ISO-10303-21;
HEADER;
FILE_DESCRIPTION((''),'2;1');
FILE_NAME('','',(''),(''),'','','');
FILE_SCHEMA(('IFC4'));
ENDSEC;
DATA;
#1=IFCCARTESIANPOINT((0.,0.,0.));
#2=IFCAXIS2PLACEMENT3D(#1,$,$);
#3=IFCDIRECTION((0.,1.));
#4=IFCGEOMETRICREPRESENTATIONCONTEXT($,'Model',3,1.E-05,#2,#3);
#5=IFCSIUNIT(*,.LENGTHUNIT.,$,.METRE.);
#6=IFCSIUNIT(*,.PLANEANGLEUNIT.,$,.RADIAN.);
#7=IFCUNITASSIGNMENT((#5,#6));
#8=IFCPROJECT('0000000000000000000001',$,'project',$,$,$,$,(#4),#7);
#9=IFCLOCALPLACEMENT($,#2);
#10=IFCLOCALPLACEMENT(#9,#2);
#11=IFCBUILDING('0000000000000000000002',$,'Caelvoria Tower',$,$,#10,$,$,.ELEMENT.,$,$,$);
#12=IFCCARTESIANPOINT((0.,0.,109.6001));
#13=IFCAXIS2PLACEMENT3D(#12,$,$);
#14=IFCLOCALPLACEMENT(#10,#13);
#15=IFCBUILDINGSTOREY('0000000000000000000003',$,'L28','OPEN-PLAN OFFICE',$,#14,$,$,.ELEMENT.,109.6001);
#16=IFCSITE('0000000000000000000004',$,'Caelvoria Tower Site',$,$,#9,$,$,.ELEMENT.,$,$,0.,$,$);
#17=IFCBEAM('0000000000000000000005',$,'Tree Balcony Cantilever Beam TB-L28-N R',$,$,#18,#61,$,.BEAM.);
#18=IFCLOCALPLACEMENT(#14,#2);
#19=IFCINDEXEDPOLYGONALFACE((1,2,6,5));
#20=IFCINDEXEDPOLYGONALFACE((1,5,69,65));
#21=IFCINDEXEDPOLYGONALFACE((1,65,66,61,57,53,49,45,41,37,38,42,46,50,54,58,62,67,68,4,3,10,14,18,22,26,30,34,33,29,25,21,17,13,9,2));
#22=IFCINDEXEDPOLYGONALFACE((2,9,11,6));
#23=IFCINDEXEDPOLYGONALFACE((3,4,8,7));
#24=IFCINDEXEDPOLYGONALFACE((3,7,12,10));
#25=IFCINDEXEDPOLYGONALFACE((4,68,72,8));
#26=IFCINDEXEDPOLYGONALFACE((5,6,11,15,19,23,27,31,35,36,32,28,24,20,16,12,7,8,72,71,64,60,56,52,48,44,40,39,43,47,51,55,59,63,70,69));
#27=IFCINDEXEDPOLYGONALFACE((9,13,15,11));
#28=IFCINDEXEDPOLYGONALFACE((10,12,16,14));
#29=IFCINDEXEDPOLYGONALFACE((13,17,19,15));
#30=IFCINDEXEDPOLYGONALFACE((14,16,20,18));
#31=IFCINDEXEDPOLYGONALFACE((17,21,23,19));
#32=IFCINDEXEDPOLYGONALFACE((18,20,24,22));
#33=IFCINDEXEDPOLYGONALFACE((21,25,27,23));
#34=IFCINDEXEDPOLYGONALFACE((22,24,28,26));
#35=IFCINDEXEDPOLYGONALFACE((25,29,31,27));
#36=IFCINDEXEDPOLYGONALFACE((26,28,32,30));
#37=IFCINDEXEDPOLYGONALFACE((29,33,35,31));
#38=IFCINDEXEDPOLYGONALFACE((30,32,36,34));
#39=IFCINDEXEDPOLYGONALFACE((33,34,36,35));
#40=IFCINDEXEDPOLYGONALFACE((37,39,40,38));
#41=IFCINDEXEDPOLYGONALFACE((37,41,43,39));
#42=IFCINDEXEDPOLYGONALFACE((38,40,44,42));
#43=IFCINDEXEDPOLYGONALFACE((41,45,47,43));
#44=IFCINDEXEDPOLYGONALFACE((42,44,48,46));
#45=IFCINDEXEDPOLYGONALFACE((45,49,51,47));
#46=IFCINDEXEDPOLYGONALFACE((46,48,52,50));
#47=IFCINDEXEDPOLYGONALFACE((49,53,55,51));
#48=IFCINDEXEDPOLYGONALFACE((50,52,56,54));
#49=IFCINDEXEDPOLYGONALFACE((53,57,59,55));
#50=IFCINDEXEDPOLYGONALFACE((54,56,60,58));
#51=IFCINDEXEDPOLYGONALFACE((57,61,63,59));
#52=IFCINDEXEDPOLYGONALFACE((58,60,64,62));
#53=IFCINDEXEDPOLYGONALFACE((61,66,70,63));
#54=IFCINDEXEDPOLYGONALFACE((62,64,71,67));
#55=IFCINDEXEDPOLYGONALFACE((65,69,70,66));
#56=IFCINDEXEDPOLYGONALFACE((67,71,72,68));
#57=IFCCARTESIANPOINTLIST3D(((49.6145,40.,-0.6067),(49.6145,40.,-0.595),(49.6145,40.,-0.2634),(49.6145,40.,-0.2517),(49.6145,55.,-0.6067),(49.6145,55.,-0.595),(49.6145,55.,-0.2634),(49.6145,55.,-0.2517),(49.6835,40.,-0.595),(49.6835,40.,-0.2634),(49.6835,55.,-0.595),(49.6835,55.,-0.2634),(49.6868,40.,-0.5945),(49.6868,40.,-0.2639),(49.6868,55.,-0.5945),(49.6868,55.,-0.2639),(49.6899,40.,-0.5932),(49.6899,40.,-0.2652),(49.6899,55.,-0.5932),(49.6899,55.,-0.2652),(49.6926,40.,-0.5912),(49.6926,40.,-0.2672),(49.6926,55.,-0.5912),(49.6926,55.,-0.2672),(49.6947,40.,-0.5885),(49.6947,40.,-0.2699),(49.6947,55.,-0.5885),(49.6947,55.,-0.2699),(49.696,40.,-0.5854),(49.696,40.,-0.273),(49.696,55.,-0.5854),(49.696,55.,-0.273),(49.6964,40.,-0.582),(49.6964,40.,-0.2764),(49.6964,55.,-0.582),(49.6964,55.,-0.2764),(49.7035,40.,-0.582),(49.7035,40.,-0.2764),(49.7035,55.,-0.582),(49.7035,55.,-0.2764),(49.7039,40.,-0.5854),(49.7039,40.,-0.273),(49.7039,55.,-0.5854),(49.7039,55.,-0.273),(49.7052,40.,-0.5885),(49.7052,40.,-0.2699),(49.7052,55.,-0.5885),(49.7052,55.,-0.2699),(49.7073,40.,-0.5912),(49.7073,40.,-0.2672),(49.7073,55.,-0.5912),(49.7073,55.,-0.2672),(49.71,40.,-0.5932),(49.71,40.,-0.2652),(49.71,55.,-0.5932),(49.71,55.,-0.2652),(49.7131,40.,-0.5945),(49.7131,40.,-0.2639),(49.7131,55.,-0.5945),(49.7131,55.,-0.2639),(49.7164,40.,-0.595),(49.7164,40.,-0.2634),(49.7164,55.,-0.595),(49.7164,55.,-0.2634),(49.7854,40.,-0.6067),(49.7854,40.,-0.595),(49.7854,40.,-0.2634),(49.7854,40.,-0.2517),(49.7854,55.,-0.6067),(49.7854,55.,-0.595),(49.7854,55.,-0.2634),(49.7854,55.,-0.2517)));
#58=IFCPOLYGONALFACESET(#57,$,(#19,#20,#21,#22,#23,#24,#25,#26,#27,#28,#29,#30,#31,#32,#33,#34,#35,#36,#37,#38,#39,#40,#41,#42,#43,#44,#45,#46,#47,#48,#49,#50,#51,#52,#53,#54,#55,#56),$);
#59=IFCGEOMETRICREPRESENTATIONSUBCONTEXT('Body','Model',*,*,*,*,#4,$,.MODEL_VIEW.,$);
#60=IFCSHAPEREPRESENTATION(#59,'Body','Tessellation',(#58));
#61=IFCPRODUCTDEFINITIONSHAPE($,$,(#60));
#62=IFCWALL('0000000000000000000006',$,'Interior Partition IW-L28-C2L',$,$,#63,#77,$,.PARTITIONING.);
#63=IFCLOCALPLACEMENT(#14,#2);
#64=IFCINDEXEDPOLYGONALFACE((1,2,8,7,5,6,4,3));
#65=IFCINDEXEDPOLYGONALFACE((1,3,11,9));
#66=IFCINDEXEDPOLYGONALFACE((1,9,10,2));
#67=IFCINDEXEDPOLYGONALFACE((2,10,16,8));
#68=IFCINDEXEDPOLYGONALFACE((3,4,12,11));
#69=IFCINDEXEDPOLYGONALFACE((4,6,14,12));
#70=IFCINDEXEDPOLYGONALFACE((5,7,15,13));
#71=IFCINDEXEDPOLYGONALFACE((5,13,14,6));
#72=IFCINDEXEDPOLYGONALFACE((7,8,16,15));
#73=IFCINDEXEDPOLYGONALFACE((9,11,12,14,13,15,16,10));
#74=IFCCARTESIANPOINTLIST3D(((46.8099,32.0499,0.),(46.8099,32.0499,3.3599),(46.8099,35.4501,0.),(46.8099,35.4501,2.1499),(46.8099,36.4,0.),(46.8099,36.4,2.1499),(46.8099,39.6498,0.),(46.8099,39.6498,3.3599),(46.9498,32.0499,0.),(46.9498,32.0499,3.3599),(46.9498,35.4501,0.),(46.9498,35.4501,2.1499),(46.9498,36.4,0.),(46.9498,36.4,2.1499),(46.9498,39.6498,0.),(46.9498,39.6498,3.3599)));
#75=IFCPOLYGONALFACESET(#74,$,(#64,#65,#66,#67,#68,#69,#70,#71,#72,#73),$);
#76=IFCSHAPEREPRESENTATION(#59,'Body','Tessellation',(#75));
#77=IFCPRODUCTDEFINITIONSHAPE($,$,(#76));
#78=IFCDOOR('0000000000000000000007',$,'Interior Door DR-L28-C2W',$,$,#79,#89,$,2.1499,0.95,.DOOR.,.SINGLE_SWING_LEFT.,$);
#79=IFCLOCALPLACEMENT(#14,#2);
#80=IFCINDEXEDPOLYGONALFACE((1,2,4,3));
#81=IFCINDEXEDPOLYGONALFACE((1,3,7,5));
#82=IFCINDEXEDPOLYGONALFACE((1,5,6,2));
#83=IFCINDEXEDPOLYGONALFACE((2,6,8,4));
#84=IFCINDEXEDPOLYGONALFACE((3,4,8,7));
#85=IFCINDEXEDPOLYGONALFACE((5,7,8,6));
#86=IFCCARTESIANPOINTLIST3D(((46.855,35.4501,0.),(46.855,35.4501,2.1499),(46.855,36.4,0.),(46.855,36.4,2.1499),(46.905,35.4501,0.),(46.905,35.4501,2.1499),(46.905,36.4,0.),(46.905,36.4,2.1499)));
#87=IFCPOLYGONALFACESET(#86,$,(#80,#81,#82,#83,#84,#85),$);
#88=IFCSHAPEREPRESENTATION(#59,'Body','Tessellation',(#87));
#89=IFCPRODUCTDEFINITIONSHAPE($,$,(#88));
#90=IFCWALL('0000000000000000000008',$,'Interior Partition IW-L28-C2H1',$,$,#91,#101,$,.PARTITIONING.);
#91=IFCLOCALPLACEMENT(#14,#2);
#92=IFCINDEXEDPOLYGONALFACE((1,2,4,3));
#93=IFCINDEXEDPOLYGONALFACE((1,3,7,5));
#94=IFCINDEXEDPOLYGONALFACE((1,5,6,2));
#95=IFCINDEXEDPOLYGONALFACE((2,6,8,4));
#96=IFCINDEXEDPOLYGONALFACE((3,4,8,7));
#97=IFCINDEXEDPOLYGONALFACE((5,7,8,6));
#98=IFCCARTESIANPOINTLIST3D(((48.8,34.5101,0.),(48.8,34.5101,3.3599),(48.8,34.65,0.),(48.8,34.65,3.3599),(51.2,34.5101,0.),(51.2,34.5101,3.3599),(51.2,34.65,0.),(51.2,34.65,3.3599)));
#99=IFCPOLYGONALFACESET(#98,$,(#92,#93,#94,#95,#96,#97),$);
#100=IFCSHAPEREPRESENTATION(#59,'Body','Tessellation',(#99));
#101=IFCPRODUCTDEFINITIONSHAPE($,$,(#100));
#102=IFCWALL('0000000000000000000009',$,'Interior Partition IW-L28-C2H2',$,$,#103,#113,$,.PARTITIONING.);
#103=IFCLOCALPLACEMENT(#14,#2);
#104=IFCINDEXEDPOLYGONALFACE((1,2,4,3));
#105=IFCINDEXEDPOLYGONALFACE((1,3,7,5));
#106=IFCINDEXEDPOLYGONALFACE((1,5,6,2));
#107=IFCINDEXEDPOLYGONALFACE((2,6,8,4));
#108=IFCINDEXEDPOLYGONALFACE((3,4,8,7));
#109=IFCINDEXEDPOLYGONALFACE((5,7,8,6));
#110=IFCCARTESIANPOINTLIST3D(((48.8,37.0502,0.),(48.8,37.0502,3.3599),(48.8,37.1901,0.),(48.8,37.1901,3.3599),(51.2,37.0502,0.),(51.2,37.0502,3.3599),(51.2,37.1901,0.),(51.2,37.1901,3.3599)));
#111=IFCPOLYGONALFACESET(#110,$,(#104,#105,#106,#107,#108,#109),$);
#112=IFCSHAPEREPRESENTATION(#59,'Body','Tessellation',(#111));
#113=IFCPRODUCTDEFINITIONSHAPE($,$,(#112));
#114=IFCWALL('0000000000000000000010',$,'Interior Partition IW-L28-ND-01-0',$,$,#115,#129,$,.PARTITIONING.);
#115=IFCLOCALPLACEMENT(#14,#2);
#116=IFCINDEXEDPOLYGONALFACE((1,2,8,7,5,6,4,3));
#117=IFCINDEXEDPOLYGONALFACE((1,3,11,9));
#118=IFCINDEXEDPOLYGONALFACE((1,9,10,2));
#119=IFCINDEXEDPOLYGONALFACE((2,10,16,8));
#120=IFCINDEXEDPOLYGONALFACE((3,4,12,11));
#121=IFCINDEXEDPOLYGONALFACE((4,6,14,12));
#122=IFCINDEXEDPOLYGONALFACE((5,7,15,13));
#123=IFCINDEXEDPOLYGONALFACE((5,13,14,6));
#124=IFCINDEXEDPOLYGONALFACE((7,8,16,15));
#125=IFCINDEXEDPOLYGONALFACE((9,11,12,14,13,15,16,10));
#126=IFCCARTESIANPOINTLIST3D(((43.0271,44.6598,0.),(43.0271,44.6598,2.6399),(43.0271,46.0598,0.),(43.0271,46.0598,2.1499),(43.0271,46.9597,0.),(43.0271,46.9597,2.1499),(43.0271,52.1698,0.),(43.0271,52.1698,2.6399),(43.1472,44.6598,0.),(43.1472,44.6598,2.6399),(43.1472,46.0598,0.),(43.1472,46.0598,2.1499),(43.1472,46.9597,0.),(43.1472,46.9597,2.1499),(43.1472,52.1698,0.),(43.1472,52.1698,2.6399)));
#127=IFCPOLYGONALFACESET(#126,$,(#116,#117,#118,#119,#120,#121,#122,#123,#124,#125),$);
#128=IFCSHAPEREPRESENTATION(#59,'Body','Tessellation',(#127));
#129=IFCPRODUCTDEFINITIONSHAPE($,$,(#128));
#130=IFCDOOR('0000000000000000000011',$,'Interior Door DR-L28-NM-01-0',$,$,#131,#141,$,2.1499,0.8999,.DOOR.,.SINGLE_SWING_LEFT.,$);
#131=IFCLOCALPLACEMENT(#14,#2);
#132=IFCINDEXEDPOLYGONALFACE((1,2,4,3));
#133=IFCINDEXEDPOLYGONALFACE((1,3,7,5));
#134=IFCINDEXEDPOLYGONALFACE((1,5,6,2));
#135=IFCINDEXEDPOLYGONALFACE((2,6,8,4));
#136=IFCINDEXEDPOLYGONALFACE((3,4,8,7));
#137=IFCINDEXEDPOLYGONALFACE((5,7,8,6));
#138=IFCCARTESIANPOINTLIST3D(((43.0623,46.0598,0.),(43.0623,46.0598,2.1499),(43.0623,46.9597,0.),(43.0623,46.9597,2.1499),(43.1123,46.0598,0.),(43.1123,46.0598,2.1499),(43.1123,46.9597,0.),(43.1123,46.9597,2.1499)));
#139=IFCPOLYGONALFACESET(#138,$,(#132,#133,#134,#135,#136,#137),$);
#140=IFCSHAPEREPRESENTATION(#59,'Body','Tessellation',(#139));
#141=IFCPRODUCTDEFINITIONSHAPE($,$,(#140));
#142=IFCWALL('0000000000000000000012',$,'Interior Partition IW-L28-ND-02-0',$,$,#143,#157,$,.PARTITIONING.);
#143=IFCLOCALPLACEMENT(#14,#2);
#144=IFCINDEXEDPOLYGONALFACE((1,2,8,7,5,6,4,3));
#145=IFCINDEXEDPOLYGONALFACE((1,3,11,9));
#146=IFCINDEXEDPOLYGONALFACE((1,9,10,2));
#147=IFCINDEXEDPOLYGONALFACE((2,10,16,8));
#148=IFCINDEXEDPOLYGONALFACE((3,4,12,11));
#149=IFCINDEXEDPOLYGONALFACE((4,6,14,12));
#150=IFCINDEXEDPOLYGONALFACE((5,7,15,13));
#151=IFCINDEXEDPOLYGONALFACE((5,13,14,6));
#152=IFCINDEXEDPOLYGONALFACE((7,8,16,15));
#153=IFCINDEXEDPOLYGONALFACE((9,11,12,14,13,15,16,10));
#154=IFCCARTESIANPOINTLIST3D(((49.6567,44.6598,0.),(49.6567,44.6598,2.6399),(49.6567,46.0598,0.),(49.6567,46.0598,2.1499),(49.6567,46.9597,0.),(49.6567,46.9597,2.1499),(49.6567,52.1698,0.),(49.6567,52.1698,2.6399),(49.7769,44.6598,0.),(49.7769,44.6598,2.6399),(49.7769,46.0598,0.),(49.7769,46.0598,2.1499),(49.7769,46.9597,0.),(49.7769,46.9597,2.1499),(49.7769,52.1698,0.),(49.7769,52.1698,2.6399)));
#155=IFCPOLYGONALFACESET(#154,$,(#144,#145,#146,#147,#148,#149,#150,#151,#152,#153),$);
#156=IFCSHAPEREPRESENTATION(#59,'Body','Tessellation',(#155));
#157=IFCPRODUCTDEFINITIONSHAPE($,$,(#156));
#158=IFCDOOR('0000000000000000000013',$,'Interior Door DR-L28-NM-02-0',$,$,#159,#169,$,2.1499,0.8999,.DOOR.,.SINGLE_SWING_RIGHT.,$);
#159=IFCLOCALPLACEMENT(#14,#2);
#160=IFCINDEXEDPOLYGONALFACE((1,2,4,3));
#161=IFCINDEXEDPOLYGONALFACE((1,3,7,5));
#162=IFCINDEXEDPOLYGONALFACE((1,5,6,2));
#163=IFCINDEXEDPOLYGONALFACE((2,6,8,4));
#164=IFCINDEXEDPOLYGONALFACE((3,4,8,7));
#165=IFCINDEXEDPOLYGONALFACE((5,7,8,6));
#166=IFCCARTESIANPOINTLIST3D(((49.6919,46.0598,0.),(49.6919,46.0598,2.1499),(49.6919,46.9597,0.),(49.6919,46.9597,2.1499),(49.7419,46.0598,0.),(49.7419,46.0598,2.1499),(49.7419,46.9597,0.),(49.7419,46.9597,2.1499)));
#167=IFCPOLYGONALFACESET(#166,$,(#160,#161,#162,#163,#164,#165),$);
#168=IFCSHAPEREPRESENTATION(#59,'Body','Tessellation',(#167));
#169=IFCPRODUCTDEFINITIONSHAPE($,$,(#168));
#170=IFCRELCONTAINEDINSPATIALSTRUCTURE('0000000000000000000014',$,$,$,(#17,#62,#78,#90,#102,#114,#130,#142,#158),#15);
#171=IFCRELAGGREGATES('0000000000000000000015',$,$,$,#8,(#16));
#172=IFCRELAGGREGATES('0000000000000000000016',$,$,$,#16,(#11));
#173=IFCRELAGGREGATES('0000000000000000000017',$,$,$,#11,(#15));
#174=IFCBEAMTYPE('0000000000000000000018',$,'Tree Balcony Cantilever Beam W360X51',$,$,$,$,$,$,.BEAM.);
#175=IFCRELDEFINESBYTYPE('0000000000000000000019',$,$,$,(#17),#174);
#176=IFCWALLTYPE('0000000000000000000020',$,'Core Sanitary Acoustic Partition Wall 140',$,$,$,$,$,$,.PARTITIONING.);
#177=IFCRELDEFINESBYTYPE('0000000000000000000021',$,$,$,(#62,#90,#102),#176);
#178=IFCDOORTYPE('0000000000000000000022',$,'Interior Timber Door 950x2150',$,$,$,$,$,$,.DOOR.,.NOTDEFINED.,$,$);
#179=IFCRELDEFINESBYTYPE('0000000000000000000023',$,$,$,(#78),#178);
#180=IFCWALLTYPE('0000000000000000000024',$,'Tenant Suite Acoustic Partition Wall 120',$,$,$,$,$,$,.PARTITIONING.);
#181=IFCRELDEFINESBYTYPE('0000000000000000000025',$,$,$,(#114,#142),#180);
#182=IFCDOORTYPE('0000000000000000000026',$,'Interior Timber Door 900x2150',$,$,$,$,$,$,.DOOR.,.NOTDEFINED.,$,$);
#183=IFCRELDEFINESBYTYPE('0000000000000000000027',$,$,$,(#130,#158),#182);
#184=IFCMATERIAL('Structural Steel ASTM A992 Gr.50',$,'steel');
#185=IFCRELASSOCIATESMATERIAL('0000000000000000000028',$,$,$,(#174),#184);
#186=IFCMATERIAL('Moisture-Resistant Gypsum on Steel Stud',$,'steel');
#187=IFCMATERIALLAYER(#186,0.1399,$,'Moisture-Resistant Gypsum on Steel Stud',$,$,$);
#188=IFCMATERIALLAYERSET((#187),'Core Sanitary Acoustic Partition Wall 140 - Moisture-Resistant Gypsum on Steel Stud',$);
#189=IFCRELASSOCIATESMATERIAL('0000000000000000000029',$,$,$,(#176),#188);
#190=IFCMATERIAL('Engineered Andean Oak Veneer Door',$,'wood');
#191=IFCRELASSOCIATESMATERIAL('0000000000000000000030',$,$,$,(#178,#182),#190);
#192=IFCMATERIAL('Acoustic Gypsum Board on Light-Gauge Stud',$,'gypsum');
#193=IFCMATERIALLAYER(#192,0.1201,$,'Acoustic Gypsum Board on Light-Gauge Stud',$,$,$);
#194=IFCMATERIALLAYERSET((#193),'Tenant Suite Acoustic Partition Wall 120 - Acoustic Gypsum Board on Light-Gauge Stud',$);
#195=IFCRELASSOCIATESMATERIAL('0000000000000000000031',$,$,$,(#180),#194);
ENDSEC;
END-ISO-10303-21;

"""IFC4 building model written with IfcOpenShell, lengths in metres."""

from ifc_helpers import new_model, si_unit, direction, frame, frame_2d, origin, origin_2d, place, context, subcontext, project, spatial, rectangle, i_section, extrude, material, layer, layer_set, material_profile, profile_set, type_object, element, fill, save


model = new_model("IFC4")

# Units and contexts
model_context = context("Model", 3, precision=1e-05, world=origin(), true_north=direction((0.0, 1.0)))
body_context = subcontext(model_context, "Body", "Model", "MODEL_VIEW")
ifc_project = project(units=[si_unit("LENGTHUNIT", "METRE"), si_unit("PLANEANGLEUNIT", "RADIAN")], contexts=[model_context])

# Site, building, storey
site_placement = place(None, origin())
site = spatial("IfcSite", under=ifc_project, at=site_placement, Name="Caelvoria Tower Site", CompositionType="ELEMENT", RefElevation=0.0)
building_placement = place(site_placement, origin())
building = spatial("IfcBuilding", under=site, at=building_placement, Name="Caelvoria Tower", CompositionType="ELEMENT")
storey_placement = place(building_placement, frame((0.0, 0.0, 109.6001)))
storey = spatial("IfcBuildingStorey", under=building, at=storey_placement, Name="L28", Description="OPEN-PLAN OFFICE", CompositionType="ELEMENT", Elevation=109.6001)

# Beam
ifc_material_1 = material(Name="Structural Steel ASTM A992 Gr.50", Category="steel")
ifc_material_profile_1 = material_profile(ifc_material_1, i_section(OverallWidth=0.1709, OverallDepth=0.355, WebThickness=0.0071, FlangeThickness=0.0117, FilletRadius=0.0129, at=origin_2d()), Name="Structural Steel ASTM A992 Gr.50")
ifc_profile_set_1 = profile_set([ifc_material_profile_1], Name="W360X51 - Structural Steel ASTM A992 Gr.50")
beam_type_1 = type_object("IfcBeamType", Name="Tree Balcony Cantilever Beam W360X51", PredefinedType="BEAM", material=ifc_profile_set_1)
beam_1_placement = place(storey_placement, frame((49.7, 40.0, -0.4292), z_axis=(0.0, 1.0, 0.0), x_axis=(-1.0, 0.0, 0.0)))
element("IfcBeam", 1, at=beam_1_placement, inside=storey, type_object=beam_type_1, Name="Tree Balcony Cantilever Beam TB-L28-N R", PredefinedType="BEAM", context=body_context, shape_type="SweptSolid", body=[
    extrude(i_section(OverallWidth=0.1709, OverallDepth=0.355, WebThickness=0.0071, FlangeThickness=0.0117, FilletRadius=0.0129, at=origin_2d()), origin(), (0.0, 0.0, 1.0), 15.0),
])

# Wall, opening, door
ifc_material_2 = material(Name="Moisture-Resistant Gypsum on Steel Stud", Category="steel")
ifc_layer_1 = layer(ifc_material_2, 0.1399, Name="Moisture-Resistant Gypsum on Steel Stud")
ifc_layer_set_1 = layer_set([ifc_layer_1], Name="Core Sanitary Acoustic Partition Wall 140 - Moisture-Resistant Gypsum on Steel Stud")
wall_type_1 = type_object("IfcWallType", Name="Core Sanitary Acoustic Partition Wall 140", PredefinedType="PARTITIONING", material=ifc_layer_set_1)
wall_1_placement = place(storey_placement, frame((46.8799, 32.05, 0.0), z_axis=(0.0, 0.0, 1.0), x_axis=(0.0, 1.0, 0.0)))
wall_1 = element("IfcWall", 2, at=wall_1_placement, inside=storey, type_object=wall_type_1, Name="Interior Partition IW-L28-C2L", PredefinedType="PARTITIONING", context=body_context, shape_type="SweptSolid", body=[
    extrude(rectangle(XDim=7.5999, YDim=0.1399, at=frame_2d((3.7998, 0.0))), origin(), (0.0, 0.0, 1.0), 3.3599),
])
opening_1_placement = place(wall_1_placement, frame((3.3999, 0.0, 0.0)))
opening_1 = element("IfcOpeningElement", 3, at=opening_1_placement, cuts=wall_1, PredefinedType="OPENING", context=body_context, shape_type="SweptSolid", body=[
    extrude(rectangle(XDim=0.95, YDim=2.1499, at=frame_2d((0.4751, 1.075))), frame((0.0, 0.0798, 0.0), z_axis=(0.0, -1.0, 0.0), x_axis=(1.0, 0.0, 0.0)), (0.0, 0.0, 1.0), 0.1599),
])
ifc_material_3 = material(Name="Engineered Andean Oak Veneer Door", Category="wood")
door_type_1 = type_object("IfcDoorType", Name="Interior Timber Door 950x2150", OperationType="NOTDEFINED", PredefinedType="DOOR", material=ifc_material_3)
door_1_placement = place(opening_1_placement, origin())
door_1 = element("IfcDoor", 4, at=door_1_placement, inside=storey, type_object=door_type_1, Name="Interior Door DR-L28-C2W", OperationType="SINGLE_SWING_LEFT", OverallHeight=2.1499, OverallWidth=0.95, PredefinedType="DOOR", context=body_context, shape_type="SweptSolid", body=[
    extrude(rectangle(XDim=0.95, YDim=2.1499, at=frame_2d((0.4751, 1.075))), frame((0.0, 0.0249, 0.0), z_axis=(0.0, -1.0, 0.0), x_axis=(1.0, 0.0, 0.0)), (0.0, 0.0, 1.0), 0.05),
])
fill(opening_1, door_1)

# Shared definitions
door_type_2 = type_object("IfcDoorType", Name="Interior Timber Door 900x2150", OperationType="NOTDEFINED", PredefinedType="DOOR", material=ifc_material_3)

# Walls
for number, where, z_axis, x_axis, name in (
    (5, (48.8, 34.5801, 0.0), (0.0, 0.0, 1.0), (1.0, 0.0, 0.0), "Interior Partition IW-L28-C2H1"),
    (6, (48.8, 37.1201, 0.0), (0.0, 0.0, 1.0), (1.0, 0.0, 0.0), "Interior Partition IW-L28-C2H2"),
):
    element("IfcWall", number, at=place(storey_placement, frame(where, z_axis=z_axis, x_axis=x_axis)), inside=storey, type_object=wall_type_1, Name=name, PredefinedType="PARTITIONING", context=body_context, shape_type="SweptSolid", body=[
        extrude(rectangle(XDim=2.3999, YDim=0.1399, at=frame_2d((1.2, 0.0))), origin(), (0.0, 0.0, 1.0), 3.3599),
    ])

# Walls, openings, doors
ifc_material_4 = material(Name="Acoustic Gypsum Board on Light-Gauge Stud", Category="gypsum")
ifc_layer_2 = layer(ifc_material_4, 0.1201, Name="Acoustic Gypsum Board on Light-Gauge Stud")
ifc_layer_set_2 = layer_set([ifc_layer_2], Name="Tenant Suite Acoustic Partition Wall 120 - Acoustic Gypsum Board on Light-Gauge Stud")
wall_type_2 = type_object("IfcWallType", Name="Tenant Suite Acoustic Partition Wall 120", PredefinedType="PARTITIONING", material=ifc_layer_set_2)
wall_2_placement = place(storey_placement, frame((43.0872, 44.6599, 0.0), z_axis=(0.0, 0.0, 1.0), x_axis=(0.0, 1.0, 0.0)))
wall_2 = element("IfcWall", 7, at=wall_2_placement, inside=storey, type_object=wall_type_2, Name="Interior Partition IW-L28-ND-01-0", PredefinedType="PARTITIONING", context=body_context, shape_type="SweptSolid", body=[
    extrude(rectangle(XDim=7.51, YDim=0.1201, at=frame_2d((3.7549, 0.0))), origin(), (0.0, 0.0, 1.0), 2.6399),
])
opening_2_placement = place(wall_2_placement, frame((1.3999, 0.0, 0.0)))
opening_2 = element("IfcOpeningElement", 8, at=opening_2_placement, cuts=wall_2, PredefinedType="OPENING", context=body_context, shape_type="SweptSolid", body=[
    extrude(rectangle(XDim=0.8999, YDim=2.1499, at=frame_2d((0.45, 1.075))), frame((0.0, 0.0701, 0.0), z_axis=(0.0, -1.0, 0.0), x_axis=(1.0, 0.0, 0.0)), (0.0, 0.0, 1.0), 0.1401),
])
door_2_placement = place(opening_2_placement, origin())
door_2 = element("IfcDoor", 9, at=door_2_placement, inside=storey, type_object=door_type_2, Name="Interior Door DR-L28-NM-01-0", OperationType="SINGLE_SWING_LEFT", OverallHeight=2.1499, OverallWidth=0.8999, PredefinedType="DOOR", context=body_context, shape_type="SweptSolid", body=[
    extrude(rectangle(XDim=0.8999, YDim=2.1499, at=frame_2d((0.45, 1.075))), frame((0.0, 0.0249, 0.0), z_axis=(0.0, -1.0, 0.0), x_axis=(1.0, 0.0, 0.0)), (0.0, 0.0, 1.0), 0.05),
])
fill(opening_2, door_2)
wall_3_placement = place(storey_placement, frame((49.7168, 44.6599, 0.0), z_axis=(0.0, 0.0, 1.0), x_axis=(0.0, 1.0, 0.0)))
wall_3 = element("IfcWall", 10, at=wall_3_placement, inside=storey, type_object=wall_type_2, Name="Interior Partition IW-L28-ND-02-0", PredefinedType="PARTITIONING", context=body_context, shape_type="SweptSolid", body=[
    extrude(rectangle(XDim=7.51, YDim=0.1201, at=frame_2d((3.7549, 0.0))), origin(), (0.0, 0.0, 1.0), 2.6399),
])
opening_3_placement = place(wall_3_placement, frame((1.3999, 0.0, 0.0)))
opening_3 = element("IfcOpeningElement", 11, at=opening_3_placement, cuts=wall_3, PredefinedType="OPENING", context=body_context, shape_type="SweptSolid", body=[
    extrude(rectangle(XDim=0.8999, YDim=2.1499, at=frame_2d((0.45, 1.075))), frame((0.0, 0.0701, 0.0), z_axis=(0.0, -1.0, 0.0), x_axis=(1.0, 0.0, 0.0)), (0.0, 0.0, 1.0), 0.1401),
])
door_3_placement = place(opening_3_placement, origin())
door_3 = element("IfcDoor", 12, at=door_3_placement, inside=storey, type_object=door_type_2, Name="Interior Door DR-L28-NM-02-0", OperationType="SINGLE_SWING_RIGHT", OverallHeight=2.1499, OverallWidth=0.8999, PredefinedType="DOOR", context=body_context, shape_type="SweptSolid", body=[
    extrude(rectangle(XDim=0.8999, YDim=2.1499, at=frame_2d((0.45, 1.075))), frame((0.0, 0.0249, 0.0), z_axis=(0.0, -1.0, 0.0), x_axis=(1.0, 0.0, 0.0)), (0.0, 0.0, 1.0), 0.05),
])
fill(opening_3, door_3)

save(model, "model.ifc")
